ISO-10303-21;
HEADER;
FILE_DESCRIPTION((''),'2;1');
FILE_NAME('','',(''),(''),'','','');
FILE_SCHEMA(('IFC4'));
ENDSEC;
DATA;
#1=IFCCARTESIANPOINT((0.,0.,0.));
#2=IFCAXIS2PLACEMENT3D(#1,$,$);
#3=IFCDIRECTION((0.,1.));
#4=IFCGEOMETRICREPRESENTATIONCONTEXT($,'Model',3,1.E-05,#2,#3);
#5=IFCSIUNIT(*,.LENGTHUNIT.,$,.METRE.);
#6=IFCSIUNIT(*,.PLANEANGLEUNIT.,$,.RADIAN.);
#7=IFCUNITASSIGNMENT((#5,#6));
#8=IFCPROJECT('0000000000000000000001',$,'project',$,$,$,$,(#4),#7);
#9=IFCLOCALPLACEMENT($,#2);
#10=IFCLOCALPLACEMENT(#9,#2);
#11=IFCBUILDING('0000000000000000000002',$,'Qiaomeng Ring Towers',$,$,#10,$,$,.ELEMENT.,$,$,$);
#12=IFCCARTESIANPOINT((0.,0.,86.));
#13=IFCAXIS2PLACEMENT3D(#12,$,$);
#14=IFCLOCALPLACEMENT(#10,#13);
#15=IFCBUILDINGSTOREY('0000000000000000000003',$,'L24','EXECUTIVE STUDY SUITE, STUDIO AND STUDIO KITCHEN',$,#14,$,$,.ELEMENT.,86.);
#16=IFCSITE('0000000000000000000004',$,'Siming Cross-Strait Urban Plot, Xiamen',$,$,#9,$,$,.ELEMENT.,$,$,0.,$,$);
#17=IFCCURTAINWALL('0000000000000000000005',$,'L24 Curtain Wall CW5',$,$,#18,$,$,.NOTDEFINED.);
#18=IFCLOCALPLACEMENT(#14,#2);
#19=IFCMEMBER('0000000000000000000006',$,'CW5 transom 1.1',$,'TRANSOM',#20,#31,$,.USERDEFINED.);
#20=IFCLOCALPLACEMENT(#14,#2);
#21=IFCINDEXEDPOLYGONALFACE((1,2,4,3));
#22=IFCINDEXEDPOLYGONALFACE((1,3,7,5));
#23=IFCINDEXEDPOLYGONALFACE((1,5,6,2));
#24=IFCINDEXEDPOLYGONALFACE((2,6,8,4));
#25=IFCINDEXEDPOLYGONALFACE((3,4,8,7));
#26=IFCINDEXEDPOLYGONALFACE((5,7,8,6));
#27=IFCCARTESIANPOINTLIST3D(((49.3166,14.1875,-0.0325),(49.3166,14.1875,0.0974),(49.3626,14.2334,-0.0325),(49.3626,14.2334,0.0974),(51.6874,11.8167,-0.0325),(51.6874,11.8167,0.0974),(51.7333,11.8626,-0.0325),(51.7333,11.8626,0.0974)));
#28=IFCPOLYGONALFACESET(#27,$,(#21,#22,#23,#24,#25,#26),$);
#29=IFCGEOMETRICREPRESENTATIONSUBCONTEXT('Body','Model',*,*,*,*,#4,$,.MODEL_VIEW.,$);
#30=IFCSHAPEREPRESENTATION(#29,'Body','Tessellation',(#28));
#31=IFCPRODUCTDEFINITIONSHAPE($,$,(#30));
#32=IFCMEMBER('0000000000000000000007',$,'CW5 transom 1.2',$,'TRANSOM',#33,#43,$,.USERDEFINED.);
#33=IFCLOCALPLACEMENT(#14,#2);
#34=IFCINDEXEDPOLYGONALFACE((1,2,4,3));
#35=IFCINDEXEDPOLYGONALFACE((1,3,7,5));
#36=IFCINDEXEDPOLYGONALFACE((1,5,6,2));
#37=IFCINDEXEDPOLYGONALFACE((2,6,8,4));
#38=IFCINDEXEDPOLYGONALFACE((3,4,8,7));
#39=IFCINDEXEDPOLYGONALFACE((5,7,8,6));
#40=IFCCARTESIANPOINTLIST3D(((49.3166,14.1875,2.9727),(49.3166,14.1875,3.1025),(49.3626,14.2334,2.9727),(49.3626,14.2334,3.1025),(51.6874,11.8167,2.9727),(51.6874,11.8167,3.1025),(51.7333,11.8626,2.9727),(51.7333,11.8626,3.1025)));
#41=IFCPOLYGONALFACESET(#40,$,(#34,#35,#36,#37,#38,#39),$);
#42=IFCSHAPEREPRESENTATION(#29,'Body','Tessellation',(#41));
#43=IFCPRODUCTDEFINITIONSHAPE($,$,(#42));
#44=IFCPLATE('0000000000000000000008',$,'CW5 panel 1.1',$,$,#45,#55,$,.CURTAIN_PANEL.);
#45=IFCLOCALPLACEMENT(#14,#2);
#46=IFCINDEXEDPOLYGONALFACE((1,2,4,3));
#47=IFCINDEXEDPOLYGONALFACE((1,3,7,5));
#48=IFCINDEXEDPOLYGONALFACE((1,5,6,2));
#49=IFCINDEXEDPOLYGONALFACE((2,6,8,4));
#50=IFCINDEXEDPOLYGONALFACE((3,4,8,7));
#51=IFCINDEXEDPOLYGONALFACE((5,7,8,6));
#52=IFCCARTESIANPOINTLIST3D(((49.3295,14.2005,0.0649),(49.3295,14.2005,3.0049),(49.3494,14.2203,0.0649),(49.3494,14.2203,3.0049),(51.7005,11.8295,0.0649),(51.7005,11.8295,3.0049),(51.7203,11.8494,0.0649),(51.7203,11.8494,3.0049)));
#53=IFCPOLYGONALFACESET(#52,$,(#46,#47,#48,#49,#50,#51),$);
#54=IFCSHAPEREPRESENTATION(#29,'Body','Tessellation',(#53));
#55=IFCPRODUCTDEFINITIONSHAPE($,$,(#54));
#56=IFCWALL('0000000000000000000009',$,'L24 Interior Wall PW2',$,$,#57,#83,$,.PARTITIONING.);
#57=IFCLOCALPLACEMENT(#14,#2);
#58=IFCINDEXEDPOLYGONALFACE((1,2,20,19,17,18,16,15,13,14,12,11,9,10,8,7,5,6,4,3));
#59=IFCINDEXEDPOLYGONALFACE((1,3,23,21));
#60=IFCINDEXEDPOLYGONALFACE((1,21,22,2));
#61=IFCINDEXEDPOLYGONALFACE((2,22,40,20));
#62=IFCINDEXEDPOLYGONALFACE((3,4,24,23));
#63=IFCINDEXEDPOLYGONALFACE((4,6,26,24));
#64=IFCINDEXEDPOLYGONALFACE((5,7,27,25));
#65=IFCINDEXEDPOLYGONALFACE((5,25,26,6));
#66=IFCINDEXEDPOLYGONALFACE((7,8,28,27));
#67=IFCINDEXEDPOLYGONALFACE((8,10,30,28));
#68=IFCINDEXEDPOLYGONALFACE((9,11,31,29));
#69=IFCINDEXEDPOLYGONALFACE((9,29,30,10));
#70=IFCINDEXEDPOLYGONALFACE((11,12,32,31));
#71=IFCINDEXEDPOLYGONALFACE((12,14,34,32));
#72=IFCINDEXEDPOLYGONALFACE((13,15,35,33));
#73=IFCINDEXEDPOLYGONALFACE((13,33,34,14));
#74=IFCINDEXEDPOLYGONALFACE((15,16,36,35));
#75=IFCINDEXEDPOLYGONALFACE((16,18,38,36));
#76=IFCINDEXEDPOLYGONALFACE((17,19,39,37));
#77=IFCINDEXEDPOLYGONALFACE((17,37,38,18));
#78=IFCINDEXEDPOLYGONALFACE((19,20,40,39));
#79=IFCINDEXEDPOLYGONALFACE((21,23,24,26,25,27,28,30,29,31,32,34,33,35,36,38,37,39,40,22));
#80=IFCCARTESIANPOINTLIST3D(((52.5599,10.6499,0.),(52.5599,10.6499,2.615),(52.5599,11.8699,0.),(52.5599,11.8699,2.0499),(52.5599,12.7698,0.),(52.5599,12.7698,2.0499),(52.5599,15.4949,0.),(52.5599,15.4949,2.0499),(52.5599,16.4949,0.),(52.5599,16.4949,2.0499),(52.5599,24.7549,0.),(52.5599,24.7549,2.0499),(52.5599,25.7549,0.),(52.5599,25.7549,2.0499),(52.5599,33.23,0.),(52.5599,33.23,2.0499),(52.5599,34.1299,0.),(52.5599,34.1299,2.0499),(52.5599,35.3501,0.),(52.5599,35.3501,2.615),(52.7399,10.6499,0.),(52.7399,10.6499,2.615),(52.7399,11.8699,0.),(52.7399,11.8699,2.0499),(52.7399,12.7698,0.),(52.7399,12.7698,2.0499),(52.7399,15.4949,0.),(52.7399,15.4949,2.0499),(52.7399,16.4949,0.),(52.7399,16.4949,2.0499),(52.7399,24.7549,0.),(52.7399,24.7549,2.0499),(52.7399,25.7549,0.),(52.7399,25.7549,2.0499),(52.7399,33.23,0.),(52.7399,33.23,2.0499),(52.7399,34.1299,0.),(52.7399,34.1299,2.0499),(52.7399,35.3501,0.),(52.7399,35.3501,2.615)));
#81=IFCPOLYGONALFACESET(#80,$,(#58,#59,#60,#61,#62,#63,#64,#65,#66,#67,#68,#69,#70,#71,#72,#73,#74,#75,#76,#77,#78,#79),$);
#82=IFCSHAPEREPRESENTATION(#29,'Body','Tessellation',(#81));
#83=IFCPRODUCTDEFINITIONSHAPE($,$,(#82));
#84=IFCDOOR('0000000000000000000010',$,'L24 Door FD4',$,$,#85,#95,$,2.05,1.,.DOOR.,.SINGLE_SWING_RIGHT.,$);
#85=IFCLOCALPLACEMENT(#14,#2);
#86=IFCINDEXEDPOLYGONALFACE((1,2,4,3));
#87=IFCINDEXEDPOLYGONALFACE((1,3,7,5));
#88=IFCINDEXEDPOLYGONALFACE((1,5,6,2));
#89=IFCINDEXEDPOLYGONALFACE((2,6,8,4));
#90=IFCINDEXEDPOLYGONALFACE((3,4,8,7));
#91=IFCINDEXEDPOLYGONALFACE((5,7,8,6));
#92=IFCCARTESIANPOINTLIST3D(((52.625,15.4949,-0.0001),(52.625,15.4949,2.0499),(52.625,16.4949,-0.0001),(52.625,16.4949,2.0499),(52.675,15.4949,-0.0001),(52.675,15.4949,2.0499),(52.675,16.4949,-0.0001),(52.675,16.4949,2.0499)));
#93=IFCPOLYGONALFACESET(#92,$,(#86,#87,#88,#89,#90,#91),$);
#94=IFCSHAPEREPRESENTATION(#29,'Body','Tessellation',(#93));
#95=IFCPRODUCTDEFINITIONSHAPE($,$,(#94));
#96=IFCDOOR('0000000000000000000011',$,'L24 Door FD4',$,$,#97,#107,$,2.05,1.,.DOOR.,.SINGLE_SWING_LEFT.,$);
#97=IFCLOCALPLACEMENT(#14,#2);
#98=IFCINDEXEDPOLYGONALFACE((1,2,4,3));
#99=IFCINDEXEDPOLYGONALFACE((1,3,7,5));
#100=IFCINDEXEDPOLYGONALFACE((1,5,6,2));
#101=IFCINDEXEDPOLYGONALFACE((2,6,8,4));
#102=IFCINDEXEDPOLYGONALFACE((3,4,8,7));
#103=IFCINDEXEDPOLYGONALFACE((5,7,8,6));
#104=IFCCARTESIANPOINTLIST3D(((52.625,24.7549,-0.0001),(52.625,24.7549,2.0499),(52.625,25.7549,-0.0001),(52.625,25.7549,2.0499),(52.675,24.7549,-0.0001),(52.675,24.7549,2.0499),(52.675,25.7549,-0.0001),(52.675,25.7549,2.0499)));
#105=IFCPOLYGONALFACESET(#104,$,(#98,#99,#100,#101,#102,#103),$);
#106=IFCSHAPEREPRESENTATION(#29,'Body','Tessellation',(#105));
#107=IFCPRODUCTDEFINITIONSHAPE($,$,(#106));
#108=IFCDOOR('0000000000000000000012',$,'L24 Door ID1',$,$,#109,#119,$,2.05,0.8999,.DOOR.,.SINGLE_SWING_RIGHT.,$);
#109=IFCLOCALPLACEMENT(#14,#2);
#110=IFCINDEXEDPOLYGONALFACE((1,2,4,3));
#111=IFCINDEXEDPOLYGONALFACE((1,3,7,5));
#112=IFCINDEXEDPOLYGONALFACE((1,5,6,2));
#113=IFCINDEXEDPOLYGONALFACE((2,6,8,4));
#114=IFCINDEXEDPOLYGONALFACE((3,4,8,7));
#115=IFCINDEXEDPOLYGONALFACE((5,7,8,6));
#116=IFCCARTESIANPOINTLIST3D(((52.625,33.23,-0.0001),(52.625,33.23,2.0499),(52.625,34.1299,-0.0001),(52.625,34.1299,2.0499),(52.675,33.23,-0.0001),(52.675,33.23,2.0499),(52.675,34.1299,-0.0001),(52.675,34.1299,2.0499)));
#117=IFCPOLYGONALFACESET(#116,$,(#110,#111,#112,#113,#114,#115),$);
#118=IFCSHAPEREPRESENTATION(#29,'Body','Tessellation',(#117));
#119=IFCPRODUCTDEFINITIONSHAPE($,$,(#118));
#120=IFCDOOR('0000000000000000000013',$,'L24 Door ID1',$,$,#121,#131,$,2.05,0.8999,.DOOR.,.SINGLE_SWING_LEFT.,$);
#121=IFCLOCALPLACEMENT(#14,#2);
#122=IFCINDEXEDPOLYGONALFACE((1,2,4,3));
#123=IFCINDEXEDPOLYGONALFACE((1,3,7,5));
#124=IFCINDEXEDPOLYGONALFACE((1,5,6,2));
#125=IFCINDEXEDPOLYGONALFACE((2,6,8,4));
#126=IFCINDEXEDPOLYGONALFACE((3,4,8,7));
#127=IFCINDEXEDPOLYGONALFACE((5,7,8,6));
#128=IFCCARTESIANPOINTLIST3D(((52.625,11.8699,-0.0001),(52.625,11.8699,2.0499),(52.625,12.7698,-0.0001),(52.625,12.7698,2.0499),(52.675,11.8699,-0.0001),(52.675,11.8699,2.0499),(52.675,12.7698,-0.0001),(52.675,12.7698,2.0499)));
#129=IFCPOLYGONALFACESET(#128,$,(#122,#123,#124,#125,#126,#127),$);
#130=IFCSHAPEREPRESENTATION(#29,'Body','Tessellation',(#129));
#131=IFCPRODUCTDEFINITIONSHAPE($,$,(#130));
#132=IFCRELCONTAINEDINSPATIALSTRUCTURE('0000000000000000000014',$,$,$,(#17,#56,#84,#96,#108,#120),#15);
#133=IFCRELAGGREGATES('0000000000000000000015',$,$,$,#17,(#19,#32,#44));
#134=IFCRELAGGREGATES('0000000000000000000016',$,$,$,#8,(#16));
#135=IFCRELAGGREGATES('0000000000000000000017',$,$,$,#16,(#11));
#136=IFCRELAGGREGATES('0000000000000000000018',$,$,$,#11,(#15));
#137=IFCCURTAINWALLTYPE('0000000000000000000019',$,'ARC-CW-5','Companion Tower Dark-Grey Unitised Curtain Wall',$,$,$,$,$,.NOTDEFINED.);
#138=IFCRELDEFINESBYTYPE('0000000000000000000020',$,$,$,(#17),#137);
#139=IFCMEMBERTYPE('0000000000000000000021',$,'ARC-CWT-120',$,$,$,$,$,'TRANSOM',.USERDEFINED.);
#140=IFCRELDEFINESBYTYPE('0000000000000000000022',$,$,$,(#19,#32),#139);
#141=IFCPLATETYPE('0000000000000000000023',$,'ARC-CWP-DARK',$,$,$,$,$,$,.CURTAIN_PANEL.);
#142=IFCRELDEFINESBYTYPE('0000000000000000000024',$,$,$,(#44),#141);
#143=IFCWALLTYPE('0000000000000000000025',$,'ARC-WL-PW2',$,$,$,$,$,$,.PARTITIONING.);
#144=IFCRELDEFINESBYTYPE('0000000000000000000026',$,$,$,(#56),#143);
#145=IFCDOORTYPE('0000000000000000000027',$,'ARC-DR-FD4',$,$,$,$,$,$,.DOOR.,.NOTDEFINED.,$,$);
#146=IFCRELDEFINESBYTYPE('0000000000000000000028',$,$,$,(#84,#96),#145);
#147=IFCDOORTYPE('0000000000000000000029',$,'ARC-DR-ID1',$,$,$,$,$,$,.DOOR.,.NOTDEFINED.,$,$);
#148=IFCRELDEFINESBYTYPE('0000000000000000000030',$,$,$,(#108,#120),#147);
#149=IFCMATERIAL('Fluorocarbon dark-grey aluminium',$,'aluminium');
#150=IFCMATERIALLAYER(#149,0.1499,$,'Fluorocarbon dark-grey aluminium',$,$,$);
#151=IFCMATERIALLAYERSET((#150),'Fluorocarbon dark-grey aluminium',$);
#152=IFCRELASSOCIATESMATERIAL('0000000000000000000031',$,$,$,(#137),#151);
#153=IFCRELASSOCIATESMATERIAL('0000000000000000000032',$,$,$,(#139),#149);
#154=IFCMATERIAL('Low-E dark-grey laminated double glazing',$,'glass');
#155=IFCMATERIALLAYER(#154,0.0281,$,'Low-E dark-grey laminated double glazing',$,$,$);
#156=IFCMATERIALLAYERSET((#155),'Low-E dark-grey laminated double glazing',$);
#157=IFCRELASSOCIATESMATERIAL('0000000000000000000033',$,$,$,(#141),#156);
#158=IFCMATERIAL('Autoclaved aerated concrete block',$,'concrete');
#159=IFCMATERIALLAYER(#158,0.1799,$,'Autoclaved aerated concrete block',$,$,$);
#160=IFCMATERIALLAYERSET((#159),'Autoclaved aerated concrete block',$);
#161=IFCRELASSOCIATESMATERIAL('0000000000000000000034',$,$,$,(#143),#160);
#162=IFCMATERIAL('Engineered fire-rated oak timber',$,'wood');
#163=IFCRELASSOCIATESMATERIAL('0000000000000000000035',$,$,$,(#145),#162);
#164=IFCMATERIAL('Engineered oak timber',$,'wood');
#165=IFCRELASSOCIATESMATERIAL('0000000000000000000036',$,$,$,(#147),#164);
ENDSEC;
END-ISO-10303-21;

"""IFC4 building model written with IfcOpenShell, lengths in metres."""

from ifc_helpers import new_model, si_unit, direction, frame, frame_2d, origin, origin_2d, place, context, subcontext, project, spatial, rectangle, extrude, source, transform, mapped, material, layer, layer_set, material_profile, profile_set, type_object, element, fill, aggregate, save


model = new_model("IFC4")

# Units and contexts
model_context = context("Model", 3, precision=1e-05, world=origin(), true_north=direction((0.0, 1.0)))
body_context = subcontext(model_context, "Body", "Model", "MODEL_VIEW")
ifc_project = project(units=[si_unit("LENGTHUNIT", "METRE"), si_unit("PLANEANGLEUNIT", "RADIAN")], contexts=[model_context])

# Site, building, storey
site_placement = place(None, origin())
site = spatial("IfcSite", under=ifc_project, at=site_placement, Name="Siming Cross-Strait Urban Plot, Xiamen", CompositionType="ELEMENT", RefElevation=0.0)
building_placement = place(site_placement, origin())
building = spatial("IfcBuilding", under=site, at=building_placement, Name="Qiaomeng Ring Towers", CompositionType="ELEMENT")
storey_placement = place(building_placement, frame((0.0, 0.0, 86.0)))
storey = spatial("IfcBuildingStorey", under=building, at=storey_placement, Name="L24", Description="EXECUTIVE STUDY SUITE, STUDIO AND STUDIO KITCHEN", CompositionType="ELEMENT", Elevation=86.0)

# Curtain wall
ifc_material_1 = material(Name="Fluorocarbon dark-grey aluminium", Category="aluminium")
ifc_layer_1 = layer(ifc_material_1, 0.1499, Name="Fluorocarbon dark-grey aluminium")
ifc_layer_set_1 = layer_set([ifc_layer_1], Name="Fluorocarbon dark-grey aluminium")
curtain_wall_type = type_object("IfcCurtainWallType", Name="ARC-CW-5", Description="Companion Tower Dark-Grey Unitised Curtain Wall", PredefinedType="NOTDEFINED", material=ifc_layer_set_1)
curtain_wall_1_placement = place(storey_placement, origin())
curtain_wall_1 = element("IfcCurtainWall", 1, at=curtain_wall_1_placement, inside=storey, type_object=curtain_wall_type, Name="L24 Curtain Wall CW5", PredefinedType="NOTDEFINED")

# Shared definitions
ifc_material_profile_1 = material_profile(ifc_material_1, rectangle(XDim=0.0649, YDim=0.1299, at=origin_2d()), Name="ALU TRAN 65x130")
ifc_profile_set_1 = profile_set([ifc_material_profile_1], Name="Fluorocarbon dark-grey aluminium")
member_type_1 = type_object("IfcMemberType", Name="ARC-CWT-120", ElementType="TRANSOM", PredefinedType="USERDEFINED", material=ifc_profile_set_1)

# Members
shared_shape_1 = source(origin(), body_context, "Body", "SweptSolid", [
    extrude(rectangle(XDim=0.0649, YDim=0.1299, at=origin_2d()), origin(), (0.0, 0.0, 1.0), 3.3528),
])
member_1_placement = place(storey_placement, frame((49.3396, 14.2104, 0.0325), z_axis=(0.707107, -0.707107, 0.0), x_axis=(0.707107, 0.707107, 0.0)))
member_1 = element("IfcMember", 2, at=member_1_placement, type_object=member_type_1, Name="CW5 transom 1.1", ObjectType="TRANSOM", PredefinedType="USERDEFINED", context=body_context, shape_type="MappedRepresentation", body=[
    mapped(shared_shape_1, transform((0.0, 0.0, 0.0), x_axis=(1.0, 0.0, 0.0), y_axis=(0.0, 1.0, 0.0), z_axis=(0.0, 0.0, 1.0), scale=1.0)),
])
member_2_placement = place(storey_placement, frame((49.3396, 14.2104, 3.0376), z_axis=(0.707107, -0.707107, 0.0), x_axis=(0.707107, 0.707107, 0.0)))
member_2 = element("IfcMember", 3, at=member_2_placement, type_object=member_type_1, Name="CW5 transom 1.2", ObjectType="TRANSOM", PredefinedType="USERDEFINED", context=body_context, shape_type="MappedRepresentation", body=[
    mapped(shared_shape_1, transform((0.0, 0.0, 0.0), x_axis=(1.0, 0.0, 0.0), y_axis=(0.0, 1.0, 0.0), z_axis=(0.0, 0.0, 1.0), scale=1.0)),
])

# Plate
ifc_material_2 = material(Name="Low-E dark-grey laminated double glazing", Category="glass")
ifc_layer_2 = layer(ifc_material_2, 0.0281, Name="Low-E dark-grey laminated double glazing")
ifc_layer_set_2 = layer_set([ifc_layer_2], Name="Low-E dark-grey laminated double glazing")
plate_type = type_object("IfcPlateType", Name="ARC-CWP-DARK", PredefinedType="CURTAIN_PANEL", material=ifc_layer_set_2)
shared_shape_2 = source(origin(), body_context, "Body", "SweptSolid", [
    extrude(rectangle(XDim=3.353, YDim=0.0281, at=origin_2d()), origin(), (0.0, 0.0, 1.0), 2.9399),
])
plate_placement = place(storey_placement, frame((50.5249, 13.0249, 0.0649), z_axis=(0.0, 0.0, 1.0), x_axis=(0.707107, -0.707107, 0.0)))
plate = element("IfcPlate", 4, at=plate_placement, type_object=plate_type, Name="CW5 panel 1.1", PredefinedType="CURTAIN_PANEL", context=body_context, shape_type="MappedRepresentation", body=[
    mapped(shared_shape_2, transform((0.0, 0.0, 0.0), x_axis=(1.0, 0.0, 0.0), y_axis=(0.0, 1.0, 0.0), z_axis=(0.0, 0.0, 1.0), scale=1.0)),
])
aggregate(curtain_wall_1, [member_1, member_2, plate])

# Wall, openings, doors
ifc_material_3 = material(Name="Autoclaved aerated concrete block", Category="concrete")
ifc_layer_3 = layer(ifc_material_3, 0.1799, Name="Autoclaved aerated concrete block")
ifc_layer_set_3 = layer_set([ifc_layer_3], Name="Autoclaved aerated concrete block")
wall_type_1 = type_object("IfcWallType", Name="ARC-WL-PW2", PredefinedType="PARTITIONING", material=ifc_layer_set_3)
wall_1_placement = place(storey_placement, frame((52.6499, 10.6499, 0.0), z_axis=(0.0, 0.0, 1.0), x_axis=(0.0, 1.0, 0.0)))
wall_1 = element("IfcWall", 5, at=wall_1_placement, inside=storey, type_object=wall_type_1, Name="L24 Interior Wall PW2", PredefinedType="PARTITIONING", context=body_context, shape_type="SweptSolid", body=[
    extrude(rectangle(XDim=24.7002, YDim=0.1799, at=frame_2d((12.3501, 0.0))), origin(), (0.0, 0.0, 1.0), 2.615),
])
opening_1_placement = place(wall_1_placement, frame((22.5801, 0.0, 0.0)))
opening_1 = element("IfcOpeningElement", 6, at=opening_1_placement, cuts=wall_1, PredefinedType="OPENING", context=body_context, shape_type="SweptSolid", body=[
    extrude(rectangle(XDim=0.8999, YDim=2.05, at=frame_2d((0.45, 1.0249))), frame((0.0, 0.0999, 0.0), z_axis=(0.0, -1.0, 0.0), x_axis=(1.0, 0.0, 0.0)), (0.0, 0.0, 1.0), 0.2),
])
opening_2_placement = place(wall_1_placement, frame((1.22, 0.0, 0.0)))
opening_2 = element("IfcOpeningElement", 7, at=opening_2_placement, cuts=wall_1, PredefinedType="OPENING", context=body_context, shape_type="SweptSolid", body=[
    extrude(rectangle(XDim=0.8999, YDim=2.05, at=frame_2d((0.45, 1.0249))), frame((0.0, 0.0999, 0.0), z_axis=(0.0, -1.0, 0.0), x_axis=(1.0, 0.0, 0.0)), (0.0, 0.0, 1.0), 0.2),
])
opening_3_placement = place(wall_1_placement, frame((4.845, 0.0, 0.0)))
opening_3 = element("IfcOpeningElement", 8, at=opening_3_placement, cuts=wall_1, PredefinedType="OPENING", context=body_context, shape_type="SweptSolid", body=[
    extrude(rectangle(XDim=1.0, YDim=2.05, at=frame_2d((0.5, 1.0249))), frame((0.0, 0.0999, 0.0), z_axis=(0.0, -1.0, 0.0), x_axis=(1.0, 0.0, 0.0)), (0.0, 0.0, 1.0), 0.2),
])
opening_4_placement = place(wall_1_placement, frame((14.105, 0.0, 0.0)))
opening_4 = element("IfcOpeningElement", 9, at=opening_4_placement, cuts=wall_1, PredefinedType="OPENING", context=body_context, shape_type="SweptSolid", body=[
    extrude(rectangle(XDim=1.0, YDim=2.05, at=frame_2d((0.5, 1.0249))), frame((0.0, 0.0999, 0.0), z_axis=(0.0, -1.0, 0.0), x_axis=(1.0, 0.0, 0.0)), (0.0, 0.0, 1.0), 0.2),
])
ifc_material_4 = material(Name="Engineered fire-rated oak timber", Category="wood")
door_type_1 = type_object("IfcDoorType", Name="ARC-DR-FD4", OperationType="NOTDEFINED", PredefinedType="DOOR", material=ifc_material_4)
shared_shape_3 = source(origin(), body_context, "Body", "SweptSolid", [
    extrude(rectangle(XDim=1.0, YDim=2.05, at=frame_2d((0.5, 1.0249))), frame((0.0, 0.0249, 0.0), z_axis=(0.0, -1.0, 0.0), x_axis=(1.0, 0.0, 0.0)), (0.0, 0.0, 1.0), 0.05),
])
door_1_placement = place(opening_3_placement, origin())
door_1 = element("IfcDoor", 10, at=door_1_placement, inside=storey, type_object=door_type_1, Name="L24 Door FD4", OperationType="SINGLE_SWING_RIGHT", OverallHeight=2.05, OverallWidth=1.0, PredefinedType="DOOR", context=body_context, shape_type="MappedRepresentation", body=[
    mapped(shared_shape_3, transform((0.0, 0.0, 0.0), x_axis=(1.0, 0.0, 0.0), y_axis=(0.0, 1.0, 0.0), z_axis=(0.0, 0.0, 1.0), scale=1.0)),
])
fill(opening_3, door_1)
door_2_placement = place(opening_4_placement, origin())
door_2 = element("IfcDoor", 11, at=door_2_placement, inside=storey, type_object=door_type_1, Name="L24 Door FD4", OperationType="SINGLE_SWING_LEFT", OverallHeight=2.05, OverallWidth=1.0, PredefinedType="DOOR", context=body_context, shape_type="MappedRepresentation", body=[
    mapped(shared_shape_3, transform((0.0, 0.0, 0.0), x_axis=(1.0, 0.0, 0.0), y_axis=(0.0, 1.0, 0.0), z_axis=(0.0, 0.0, 1.0), scale=1.0)),
])
fill(opening_4, door_2)
ifc_material_5 = material(Name="Engineered oak timber", Category="wood")
door_type_2 = type_object("IfcDoorType", Name="ARC-DR-ID1", OperationType="NOTDEFINED", PredefinedType="DOOR", material=ifc_material_5)
shared_shape_4 = source(origin(), body_context, "Body", "SweptSolid", [
    extrude(rectangle(XDim=0.8999, YDim=2.05, at=frame_2d((0.45, 1.0249))), frame((0.0, 0.0249, 0.0), z_axis=(0.0, -1.0, 0.0), x_axis=(1.0, 0.0, 0.0)), (0.0, 0.0, 1.0), 0.05),
])
door_3_placement = place(opening_1_placement, origin())
door_3 = element("IfcDoor", 12, at=door_3_placement, inside=storey, type_object=door_type_2, Name="L24 Door ID1", OperationType="SINGLE_SWING_RIGHT", OverallHeight=2.05, OverallWidth=0.8999, PredefinedType="DOOR", context=body_context, shape_type="MappedRepresentation", body=[
    mapped(shared_shape_4, transform((0.0, 0.0, 0.0), x_axis=(1.0, 0.0, 0.0), y_axis=(0.0, 1.0, 0.0), z_axis=(0.0, 0.0, 1.0), scale=1.0)),
])
fill(opening_1, door_3)
door_4_placement = place(opening_2_placement, origin())
door_4 = element("IfcDoor", 13, at=door_4_placement, inside=storey, type_object=door_type_2, Name="L24 Door ID1", OperationType="SINGLE_SWING_LEFT", OverallHeight=2.05, OverallWidth=0.8999, PredefinedType="DOOR", context=body_context, shape_type="MappedRepresentation", body=[
    mapped(shared_shape_4, transform((0.0, 0.0, 0.0), x_axis=(1.0, 0.0, 0.0), y_axis=(0.0, 1.0, 0.0), z_axis=(0.0, 0.0, 1.0), scale=1.0)),
])
fill(opening_2, door_4)

save(model, "model.ifc")
